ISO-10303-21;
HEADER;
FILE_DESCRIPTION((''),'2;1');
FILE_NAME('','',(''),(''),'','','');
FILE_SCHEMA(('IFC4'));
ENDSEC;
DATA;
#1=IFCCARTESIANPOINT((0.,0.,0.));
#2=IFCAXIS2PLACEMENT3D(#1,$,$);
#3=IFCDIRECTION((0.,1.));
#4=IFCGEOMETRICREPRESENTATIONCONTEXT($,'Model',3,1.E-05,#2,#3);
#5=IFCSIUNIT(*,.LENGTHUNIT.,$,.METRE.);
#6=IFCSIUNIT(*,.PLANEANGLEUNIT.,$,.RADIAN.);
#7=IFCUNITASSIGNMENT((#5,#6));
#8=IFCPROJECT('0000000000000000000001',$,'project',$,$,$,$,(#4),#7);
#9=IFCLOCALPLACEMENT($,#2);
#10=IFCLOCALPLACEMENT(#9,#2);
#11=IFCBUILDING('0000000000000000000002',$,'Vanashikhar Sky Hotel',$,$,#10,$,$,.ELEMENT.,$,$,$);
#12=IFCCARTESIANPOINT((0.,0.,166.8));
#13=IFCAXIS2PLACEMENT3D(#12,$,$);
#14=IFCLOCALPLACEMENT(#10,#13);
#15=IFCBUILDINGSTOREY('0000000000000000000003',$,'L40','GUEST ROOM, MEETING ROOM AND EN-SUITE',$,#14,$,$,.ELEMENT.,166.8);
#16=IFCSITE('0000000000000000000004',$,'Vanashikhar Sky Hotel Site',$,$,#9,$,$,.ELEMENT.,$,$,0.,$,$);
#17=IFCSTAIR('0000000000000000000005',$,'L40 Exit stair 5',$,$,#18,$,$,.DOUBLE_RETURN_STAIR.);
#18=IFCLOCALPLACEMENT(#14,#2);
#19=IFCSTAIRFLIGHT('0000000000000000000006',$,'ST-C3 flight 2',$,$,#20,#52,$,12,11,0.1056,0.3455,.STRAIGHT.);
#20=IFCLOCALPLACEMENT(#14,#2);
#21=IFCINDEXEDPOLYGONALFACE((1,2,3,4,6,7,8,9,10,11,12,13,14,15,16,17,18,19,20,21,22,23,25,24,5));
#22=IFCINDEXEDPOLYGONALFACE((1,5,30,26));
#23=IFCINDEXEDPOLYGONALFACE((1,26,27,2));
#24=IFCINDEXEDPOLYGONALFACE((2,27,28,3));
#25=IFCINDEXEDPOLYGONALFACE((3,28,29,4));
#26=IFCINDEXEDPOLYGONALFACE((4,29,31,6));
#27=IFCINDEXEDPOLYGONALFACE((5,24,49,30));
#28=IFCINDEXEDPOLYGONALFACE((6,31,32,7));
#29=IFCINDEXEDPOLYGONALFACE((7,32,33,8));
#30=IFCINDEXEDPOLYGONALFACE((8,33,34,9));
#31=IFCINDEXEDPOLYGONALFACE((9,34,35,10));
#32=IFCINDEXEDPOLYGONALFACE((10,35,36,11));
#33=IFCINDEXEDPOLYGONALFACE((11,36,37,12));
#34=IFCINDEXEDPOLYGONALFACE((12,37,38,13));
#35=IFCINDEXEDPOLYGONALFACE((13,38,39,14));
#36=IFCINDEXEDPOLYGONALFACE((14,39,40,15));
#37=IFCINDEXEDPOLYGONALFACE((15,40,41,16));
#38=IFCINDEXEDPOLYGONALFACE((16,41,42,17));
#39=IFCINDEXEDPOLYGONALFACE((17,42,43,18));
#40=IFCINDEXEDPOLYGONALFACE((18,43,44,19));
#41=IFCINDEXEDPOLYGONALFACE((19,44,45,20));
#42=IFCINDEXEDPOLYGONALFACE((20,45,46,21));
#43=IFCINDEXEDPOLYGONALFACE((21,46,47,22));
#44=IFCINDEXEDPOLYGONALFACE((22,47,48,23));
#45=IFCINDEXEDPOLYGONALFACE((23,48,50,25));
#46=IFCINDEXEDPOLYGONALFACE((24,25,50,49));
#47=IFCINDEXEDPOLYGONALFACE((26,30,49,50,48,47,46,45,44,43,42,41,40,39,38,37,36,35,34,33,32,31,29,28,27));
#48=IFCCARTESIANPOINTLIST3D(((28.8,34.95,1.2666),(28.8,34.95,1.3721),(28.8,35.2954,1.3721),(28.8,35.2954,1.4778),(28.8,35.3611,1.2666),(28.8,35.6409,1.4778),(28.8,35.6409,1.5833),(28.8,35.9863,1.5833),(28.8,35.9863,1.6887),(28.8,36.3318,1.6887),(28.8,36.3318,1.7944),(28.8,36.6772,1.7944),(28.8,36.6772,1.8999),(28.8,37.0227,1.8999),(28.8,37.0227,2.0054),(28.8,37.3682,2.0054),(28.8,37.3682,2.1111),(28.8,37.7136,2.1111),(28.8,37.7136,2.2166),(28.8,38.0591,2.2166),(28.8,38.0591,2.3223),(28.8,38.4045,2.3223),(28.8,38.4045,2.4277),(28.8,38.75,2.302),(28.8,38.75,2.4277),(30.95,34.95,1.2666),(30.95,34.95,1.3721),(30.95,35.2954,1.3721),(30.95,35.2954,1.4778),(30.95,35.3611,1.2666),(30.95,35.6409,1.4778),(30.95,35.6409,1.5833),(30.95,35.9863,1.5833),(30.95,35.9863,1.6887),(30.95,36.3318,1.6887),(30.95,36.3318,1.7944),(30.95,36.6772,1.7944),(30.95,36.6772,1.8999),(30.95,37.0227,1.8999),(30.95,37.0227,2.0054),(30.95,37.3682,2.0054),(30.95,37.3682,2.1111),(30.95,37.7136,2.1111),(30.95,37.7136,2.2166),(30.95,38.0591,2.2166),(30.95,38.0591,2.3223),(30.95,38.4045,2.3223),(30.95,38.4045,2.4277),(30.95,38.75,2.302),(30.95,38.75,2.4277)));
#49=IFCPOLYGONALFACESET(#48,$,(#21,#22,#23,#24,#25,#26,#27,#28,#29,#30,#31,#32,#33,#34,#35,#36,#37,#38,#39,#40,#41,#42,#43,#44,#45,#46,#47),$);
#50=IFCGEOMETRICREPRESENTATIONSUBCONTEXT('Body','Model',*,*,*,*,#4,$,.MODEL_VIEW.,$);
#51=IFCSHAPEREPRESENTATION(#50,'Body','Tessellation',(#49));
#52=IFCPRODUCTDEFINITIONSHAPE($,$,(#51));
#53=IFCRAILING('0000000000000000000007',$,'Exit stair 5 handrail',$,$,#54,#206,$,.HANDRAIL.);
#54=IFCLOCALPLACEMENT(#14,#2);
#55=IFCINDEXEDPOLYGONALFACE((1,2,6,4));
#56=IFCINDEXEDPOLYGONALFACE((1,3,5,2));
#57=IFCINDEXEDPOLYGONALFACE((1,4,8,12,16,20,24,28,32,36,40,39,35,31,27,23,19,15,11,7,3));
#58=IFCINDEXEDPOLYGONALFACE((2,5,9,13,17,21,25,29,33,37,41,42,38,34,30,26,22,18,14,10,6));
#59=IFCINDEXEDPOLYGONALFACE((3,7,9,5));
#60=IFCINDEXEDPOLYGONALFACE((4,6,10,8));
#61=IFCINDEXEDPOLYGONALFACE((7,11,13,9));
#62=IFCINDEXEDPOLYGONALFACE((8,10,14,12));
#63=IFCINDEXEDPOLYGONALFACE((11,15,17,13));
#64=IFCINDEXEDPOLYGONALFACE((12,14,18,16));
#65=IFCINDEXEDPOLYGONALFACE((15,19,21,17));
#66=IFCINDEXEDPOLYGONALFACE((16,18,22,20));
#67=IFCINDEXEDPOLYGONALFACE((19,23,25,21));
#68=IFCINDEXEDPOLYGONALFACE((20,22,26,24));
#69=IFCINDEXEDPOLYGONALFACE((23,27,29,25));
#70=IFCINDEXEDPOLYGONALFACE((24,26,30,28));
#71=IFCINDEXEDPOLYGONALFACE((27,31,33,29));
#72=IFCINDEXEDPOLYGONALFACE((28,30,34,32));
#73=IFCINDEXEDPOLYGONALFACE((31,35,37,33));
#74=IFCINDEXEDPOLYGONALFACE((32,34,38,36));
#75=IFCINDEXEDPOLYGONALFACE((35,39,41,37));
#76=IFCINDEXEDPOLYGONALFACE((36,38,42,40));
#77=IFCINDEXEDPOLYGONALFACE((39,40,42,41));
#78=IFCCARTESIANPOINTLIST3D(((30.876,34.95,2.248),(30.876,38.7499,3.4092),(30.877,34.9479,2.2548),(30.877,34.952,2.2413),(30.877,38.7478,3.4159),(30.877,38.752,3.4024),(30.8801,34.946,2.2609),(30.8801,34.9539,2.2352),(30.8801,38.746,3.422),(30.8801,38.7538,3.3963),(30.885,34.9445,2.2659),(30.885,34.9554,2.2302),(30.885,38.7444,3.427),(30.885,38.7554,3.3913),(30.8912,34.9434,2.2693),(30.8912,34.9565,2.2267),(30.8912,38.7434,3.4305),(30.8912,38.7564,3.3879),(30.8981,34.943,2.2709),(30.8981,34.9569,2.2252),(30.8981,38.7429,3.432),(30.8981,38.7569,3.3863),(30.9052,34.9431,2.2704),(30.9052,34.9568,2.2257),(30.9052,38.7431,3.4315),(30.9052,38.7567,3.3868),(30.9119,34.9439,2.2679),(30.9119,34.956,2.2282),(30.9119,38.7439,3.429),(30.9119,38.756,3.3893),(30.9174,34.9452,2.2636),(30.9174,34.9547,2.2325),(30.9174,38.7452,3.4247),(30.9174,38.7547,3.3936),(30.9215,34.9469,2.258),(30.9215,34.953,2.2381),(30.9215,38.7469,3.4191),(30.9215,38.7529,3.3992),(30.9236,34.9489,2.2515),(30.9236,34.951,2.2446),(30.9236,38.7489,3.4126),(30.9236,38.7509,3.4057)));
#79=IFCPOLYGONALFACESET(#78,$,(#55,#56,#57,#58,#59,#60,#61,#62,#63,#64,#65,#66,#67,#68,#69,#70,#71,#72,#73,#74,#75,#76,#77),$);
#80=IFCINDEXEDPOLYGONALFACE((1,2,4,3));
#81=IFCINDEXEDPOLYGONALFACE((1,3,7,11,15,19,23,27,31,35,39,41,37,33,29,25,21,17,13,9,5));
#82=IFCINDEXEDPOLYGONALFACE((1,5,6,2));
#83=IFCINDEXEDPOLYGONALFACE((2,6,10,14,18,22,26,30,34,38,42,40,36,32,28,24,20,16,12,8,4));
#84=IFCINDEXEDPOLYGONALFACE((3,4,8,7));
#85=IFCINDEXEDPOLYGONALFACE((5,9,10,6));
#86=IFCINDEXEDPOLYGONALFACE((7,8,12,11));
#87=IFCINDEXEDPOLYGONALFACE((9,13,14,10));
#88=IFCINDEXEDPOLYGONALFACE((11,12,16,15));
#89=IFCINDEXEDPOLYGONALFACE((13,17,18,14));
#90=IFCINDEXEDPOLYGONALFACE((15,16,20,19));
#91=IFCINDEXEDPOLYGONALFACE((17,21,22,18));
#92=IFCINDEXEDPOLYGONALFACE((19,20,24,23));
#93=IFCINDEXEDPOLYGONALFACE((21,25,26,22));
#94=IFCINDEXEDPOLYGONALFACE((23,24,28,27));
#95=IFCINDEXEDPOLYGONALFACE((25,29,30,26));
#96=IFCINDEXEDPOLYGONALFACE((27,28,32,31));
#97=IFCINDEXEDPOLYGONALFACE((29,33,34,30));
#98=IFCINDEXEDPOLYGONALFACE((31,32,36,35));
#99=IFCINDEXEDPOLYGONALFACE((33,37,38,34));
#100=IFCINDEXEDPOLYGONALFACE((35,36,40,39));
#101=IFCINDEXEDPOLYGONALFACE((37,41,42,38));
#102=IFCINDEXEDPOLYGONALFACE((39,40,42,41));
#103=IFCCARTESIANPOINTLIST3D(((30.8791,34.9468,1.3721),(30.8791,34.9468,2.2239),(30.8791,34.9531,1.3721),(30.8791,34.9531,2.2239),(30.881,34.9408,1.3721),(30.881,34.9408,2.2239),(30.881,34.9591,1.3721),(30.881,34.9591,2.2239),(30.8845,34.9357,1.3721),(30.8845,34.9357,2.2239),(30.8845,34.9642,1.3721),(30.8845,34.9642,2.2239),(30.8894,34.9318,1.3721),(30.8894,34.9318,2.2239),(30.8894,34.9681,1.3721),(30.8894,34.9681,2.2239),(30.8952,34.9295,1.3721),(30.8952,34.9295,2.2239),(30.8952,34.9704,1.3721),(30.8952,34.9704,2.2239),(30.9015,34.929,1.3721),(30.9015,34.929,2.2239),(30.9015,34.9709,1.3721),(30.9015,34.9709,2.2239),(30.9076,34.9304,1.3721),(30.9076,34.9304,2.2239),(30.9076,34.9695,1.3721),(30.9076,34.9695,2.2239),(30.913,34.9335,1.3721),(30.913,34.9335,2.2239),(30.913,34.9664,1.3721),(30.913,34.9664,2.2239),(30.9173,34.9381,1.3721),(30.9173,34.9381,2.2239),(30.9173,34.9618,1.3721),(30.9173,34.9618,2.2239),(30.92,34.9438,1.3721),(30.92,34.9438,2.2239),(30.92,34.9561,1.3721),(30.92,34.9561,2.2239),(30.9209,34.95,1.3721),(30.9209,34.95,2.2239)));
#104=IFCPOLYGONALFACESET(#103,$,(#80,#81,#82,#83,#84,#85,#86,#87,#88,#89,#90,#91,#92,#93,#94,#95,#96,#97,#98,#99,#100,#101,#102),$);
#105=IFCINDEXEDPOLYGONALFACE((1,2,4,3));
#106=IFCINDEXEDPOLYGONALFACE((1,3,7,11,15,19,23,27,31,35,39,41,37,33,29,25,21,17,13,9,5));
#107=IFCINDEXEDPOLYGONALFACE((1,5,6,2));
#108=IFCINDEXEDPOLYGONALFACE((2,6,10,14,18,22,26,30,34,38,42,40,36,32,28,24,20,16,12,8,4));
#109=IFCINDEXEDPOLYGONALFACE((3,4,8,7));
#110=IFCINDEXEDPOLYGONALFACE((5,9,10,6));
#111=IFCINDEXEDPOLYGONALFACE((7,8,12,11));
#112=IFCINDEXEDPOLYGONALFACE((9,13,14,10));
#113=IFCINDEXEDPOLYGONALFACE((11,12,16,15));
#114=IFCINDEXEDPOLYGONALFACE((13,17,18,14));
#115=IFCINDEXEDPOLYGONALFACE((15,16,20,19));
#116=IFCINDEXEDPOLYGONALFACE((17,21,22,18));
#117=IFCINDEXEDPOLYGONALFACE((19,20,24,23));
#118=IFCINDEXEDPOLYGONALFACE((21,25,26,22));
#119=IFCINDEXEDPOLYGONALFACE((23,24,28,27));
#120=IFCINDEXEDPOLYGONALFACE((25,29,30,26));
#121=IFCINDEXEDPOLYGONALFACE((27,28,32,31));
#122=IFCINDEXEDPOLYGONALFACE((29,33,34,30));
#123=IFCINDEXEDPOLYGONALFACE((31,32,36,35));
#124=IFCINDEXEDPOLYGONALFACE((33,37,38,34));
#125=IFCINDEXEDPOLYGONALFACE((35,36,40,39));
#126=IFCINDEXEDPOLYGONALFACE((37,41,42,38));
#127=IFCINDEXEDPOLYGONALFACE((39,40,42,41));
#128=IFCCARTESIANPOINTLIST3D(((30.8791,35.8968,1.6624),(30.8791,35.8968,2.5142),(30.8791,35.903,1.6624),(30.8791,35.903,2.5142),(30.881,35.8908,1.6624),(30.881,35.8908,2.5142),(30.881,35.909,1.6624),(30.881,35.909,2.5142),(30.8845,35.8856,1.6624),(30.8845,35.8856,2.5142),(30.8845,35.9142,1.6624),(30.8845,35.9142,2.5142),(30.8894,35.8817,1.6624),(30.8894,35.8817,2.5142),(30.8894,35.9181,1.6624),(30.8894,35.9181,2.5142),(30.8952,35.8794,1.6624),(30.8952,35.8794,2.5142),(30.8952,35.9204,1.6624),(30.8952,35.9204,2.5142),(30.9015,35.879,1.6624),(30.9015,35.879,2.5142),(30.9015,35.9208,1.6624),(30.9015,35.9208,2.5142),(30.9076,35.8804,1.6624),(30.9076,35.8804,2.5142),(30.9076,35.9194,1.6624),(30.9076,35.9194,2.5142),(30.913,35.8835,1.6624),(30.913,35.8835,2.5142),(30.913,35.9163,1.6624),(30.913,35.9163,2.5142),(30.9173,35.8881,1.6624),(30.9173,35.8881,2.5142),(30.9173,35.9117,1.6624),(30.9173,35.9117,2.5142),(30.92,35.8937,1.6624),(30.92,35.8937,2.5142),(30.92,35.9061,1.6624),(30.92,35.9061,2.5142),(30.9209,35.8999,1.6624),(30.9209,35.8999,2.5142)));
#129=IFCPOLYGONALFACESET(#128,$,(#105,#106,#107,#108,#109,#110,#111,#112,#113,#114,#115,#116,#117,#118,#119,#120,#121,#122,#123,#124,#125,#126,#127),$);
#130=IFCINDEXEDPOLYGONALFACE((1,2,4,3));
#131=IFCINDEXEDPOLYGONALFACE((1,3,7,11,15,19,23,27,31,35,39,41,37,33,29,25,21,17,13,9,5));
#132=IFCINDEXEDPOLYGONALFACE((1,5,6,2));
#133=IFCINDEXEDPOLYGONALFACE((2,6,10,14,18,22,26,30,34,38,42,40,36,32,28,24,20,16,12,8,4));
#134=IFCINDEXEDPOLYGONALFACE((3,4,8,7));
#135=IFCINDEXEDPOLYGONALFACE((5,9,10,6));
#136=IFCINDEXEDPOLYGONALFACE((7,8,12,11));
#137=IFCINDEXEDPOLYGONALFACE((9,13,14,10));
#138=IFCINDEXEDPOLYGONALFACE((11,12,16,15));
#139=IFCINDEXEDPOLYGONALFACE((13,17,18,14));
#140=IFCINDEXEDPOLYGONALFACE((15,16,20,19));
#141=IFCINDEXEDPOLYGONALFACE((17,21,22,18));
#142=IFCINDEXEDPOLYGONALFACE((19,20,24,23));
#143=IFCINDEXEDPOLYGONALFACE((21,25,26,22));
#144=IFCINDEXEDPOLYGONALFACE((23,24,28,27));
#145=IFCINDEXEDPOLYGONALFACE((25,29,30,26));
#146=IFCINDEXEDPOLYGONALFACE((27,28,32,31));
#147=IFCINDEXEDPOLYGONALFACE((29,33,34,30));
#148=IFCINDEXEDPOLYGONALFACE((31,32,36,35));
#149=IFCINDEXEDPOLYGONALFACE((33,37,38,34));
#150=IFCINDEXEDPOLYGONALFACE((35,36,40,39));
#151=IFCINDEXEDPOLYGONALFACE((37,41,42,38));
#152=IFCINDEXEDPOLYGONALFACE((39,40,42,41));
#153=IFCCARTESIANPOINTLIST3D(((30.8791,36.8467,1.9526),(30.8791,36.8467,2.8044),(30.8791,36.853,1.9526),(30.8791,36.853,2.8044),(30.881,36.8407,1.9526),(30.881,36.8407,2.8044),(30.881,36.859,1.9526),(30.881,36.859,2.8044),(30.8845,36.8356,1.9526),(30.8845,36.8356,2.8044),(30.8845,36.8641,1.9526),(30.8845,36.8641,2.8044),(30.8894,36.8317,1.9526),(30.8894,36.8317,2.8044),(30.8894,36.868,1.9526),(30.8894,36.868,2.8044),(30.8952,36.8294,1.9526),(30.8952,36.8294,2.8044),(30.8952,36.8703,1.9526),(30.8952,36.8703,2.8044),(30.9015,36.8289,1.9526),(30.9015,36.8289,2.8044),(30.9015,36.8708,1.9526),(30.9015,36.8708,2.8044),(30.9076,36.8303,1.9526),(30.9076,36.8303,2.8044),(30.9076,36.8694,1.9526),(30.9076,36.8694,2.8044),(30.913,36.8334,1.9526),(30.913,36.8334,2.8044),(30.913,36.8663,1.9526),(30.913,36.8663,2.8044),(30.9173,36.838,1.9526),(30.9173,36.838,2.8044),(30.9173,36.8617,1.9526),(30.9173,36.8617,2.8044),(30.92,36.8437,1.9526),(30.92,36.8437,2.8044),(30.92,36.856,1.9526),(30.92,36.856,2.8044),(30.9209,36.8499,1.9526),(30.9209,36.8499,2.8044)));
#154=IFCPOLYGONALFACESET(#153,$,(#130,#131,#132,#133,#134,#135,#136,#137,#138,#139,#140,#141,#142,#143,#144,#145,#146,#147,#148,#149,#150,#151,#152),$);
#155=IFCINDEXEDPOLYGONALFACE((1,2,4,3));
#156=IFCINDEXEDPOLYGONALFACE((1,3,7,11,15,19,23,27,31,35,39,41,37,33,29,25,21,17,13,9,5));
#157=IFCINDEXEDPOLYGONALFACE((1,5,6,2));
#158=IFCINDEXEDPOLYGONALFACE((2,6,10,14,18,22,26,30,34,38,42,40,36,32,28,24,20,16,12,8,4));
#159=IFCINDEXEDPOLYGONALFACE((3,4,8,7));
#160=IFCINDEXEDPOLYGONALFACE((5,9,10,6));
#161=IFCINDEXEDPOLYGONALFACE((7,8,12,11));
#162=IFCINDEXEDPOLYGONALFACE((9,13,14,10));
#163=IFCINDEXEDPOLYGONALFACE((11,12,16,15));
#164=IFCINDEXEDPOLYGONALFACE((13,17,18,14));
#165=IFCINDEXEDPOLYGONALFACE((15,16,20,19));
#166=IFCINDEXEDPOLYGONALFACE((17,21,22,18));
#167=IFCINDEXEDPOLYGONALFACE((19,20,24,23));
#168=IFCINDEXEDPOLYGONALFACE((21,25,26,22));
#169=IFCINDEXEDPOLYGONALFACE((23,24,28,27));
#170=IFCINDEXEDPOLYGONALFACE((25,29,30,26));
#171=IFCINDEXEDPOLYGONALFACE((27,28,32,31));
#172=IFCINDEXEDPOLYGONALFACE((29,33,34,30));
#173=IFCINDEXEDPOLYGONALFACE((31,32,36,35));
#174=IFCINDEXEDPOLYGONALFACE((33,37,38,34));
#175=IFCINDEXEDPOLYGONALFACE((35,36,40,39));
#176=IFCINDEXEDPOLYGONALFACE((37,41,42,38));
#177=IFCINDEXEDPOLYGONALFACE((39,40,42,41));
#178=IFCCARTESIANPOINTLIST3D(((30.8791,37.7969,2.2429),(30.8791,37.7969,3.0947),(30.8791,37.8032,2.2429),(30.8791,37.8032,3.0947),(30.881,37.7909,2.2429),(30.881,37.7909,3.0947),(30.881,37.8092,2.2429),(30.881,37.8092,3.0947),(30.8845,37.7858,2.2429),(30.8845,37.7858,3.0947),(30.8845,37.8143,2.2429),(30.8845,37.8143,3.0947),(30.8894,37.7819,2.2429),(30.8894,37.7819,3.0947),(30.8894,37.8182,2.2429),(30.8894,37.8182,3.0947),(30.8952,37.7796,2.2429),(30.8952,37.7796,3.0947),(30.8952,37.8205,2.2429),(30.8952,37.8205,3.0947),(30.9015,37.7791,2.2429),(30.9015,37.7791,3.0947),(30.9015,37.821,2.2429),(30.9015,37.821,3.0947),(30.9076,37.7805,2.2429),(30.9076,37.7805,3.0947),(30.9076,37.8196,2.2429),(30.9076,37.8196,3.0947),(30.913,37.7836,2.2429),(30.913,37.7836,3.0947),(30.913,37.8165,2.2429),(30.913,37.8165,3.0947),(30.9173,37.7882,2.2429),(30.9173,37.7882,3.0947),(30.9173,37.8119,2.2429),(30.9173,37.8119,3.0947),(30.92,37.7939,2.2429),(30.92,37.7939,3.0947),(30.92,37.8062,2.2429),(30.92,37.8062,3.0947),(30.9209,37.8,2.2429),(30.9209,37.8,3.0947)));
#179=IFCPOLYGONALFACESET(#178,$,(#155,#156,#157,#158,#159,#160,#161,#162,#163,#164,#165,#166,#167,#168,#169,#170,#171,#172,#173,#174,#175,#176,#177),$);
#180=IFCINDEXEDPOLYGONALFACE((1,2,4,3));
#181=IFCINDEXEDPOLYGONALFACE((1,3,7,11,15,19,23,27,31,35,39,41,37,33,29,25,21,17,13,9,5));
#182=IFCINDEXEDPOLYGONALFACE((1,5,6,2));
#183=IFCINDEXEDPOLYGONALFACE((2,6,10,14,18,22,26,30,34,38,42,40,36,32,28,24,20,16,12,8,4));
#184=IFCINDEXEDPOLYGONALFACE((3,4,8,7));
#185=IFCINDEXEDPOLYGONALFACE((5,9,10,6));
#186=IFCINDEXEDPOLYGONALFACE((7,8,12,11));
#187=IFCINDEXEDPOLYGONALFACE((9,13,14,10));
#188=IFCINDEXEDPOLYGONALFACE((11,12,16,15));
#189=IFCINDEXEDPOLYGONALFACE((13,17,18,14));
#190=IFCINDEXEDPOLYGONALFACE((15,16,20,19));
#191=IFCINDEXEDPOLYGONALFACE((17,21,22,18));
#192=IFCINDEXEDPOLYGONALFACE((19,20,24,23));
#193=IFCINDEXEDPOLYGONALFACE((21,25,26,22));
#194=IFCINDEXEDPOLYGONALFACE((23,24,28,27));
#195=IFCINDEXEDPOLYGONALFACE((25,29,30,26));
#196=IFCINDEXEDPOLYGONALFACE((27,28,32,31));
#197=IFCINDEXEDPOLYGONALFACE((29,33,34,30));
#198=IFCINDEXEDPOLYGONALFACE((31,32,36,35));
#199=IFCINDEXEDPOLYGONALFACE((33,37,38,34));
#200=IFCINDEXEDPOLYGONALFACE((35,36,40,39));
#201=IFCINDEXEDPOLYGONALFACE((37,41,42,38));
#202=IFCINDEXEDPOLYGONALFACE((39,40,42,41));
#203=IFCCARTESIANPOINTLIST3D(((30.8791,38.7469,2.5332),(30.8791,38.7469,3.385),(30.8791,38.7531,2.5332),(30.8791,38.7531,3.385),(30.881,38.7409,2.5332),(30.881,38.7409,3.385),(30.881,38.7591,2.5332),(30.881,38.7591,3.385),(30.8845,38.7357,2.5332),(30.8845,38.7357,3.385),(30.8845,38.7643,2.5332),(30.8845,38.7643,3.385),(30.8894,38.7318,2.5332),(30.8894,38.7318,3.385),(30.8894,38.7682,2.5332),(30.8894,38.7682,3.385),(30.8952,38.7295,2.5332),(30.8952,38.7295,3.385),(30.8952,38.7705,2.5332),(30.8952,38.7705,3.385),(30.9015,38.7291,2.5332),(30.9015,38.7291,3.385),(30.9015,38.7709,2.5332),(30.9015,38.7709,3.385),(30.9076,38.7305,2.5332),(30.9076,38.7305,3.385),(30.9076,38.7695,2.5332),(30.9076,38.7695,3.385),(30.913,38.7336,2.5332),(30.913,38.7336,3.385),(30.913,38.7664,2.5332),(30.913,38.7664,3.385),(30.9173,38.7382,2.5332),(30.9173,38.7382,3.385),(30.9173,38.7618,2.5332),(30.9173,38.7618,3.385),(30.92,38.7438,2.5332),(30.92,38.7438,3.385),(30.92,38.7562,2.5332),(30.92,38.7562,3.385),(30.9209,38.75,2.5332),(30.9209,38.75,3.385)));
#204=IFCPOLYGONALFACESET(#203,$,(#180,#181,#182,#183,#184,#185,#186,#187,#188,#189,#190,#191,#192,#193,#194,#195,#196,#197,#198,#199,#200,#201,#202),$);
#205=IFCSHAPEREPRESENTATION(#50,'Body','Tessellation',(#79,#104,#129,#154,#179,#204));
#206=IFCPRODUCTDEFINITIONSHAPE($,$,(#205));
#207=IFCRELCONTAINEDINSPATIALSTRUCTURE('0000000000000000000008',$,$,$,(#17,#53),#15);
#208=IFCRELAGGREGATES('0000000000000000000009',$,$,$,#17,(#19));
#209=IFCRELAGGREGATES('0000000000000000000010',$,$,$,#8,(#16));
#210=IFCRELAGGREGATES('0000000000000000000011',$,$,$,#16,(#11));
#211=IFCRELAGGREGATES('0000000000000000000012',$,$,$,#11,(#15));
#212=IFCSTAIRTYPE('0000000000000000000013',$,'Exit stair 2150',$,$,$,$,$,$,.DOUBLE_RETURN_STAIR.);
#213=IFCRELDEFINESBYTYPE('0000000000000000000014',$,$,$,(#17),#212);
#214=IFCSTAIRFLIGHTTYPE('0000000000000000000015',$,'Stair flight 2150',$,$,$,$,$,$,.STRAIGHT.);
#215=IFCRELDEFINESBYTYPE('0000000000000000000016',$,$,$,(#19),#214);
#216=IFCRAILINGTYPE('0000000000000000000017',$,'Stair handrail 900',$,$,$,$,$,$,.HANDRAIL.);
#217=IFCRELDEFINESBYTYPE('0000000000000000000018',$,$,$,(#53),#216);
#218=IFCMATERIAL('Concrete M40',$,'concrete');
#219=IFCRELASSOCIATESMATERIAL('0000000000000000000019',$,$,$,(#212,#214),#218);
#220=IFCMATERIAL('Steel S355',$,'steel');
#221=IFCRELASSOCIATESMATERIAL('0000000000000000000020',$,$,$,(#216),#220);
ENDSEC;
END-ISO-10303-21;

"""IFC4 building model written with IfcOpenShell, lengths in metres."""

from ifc_helpers import new_model, si_unit, direction, frame, origin, origin_2d, place, context, subcontext, project, spatial, polyline, circle, outline, extrude, source, transform, mapped, material, type_object, element, aggregate, save


model = new_model("IFC4")

# Units and contexts
model_context = context("Model", 3, precision=1e-05, world=origin(), true_north=direction((0.0, 1.0)))
body_context = subcontext(model_context, "Body", "Model", "MODEL_VIEW")
ifc_project = project(units=[si_unit("LENGTHUNIT", "METRE"), si_unit("PLANEANGLEUNIT", "RADIAN")], contexts=[model_context])

# Site, building, storey
site_placement = place(None, origin())
site = spatial("IfcSite", under=ifc_project, at=site_placement, Name="Vanashikhar Sky Hotel Site", CompositionType="ELEMENT", RefElevation=0.0)
building_placement = place(site_placement, origin())
building = spatial("IfcBuilding", under=site, at=building_placement, Name="Vanashikhar Sky Hotel", CompositionType="ELEMENT")
storey_placement = place(building_placement, frame((0.0, 0.0, 166.8)))
storey = spatial("IfcBuildingStorey", under=building, at=storey_placement, Name="L40", Description="GUEST ROOM, MEETING ROOM AND EN-SUITE", CompositionType="ELEMENT", Elevation=166.8)

# Shared definitions
ifc_material_1 = material(Name="Concrete M40", Category="concrete")

# Stair, stair flight
stair_type = type_object("IfcStairType", Name="Exit stair 2150", PredefinedType="DOUBLE_RETURN_STAIR", material=ifc_material_1)
stair_placement = place(storey_placement, origin())
stair = element("IfcStair", 1, at=stair_placement, inside=storey, type_object=stair_type, Name="L40 Exit stair 5", PredefinedType="DOUBLE_RETURN_STAIR")
stair_flight_type = type_object("IfcStairFlightType", Name="Stair flight 2150", PredefinedType="STRAIGHT", material=ifc_material_1)
shared_shape_1 = source(origin(), body_context, "Body", "SweptSolid", [
    extrude(outline(polyline([(0.0, 0.0), (0.0, 0.1055), (0.3455, 0.1055), (0.3455, 0.2112), (0.6909, 0.2112), (0.6909, 0.3167), (1.0364, 0.3167), (1.0364, 0.4221), (1.3818, 0.4221), (1.3818, 0.5278), (1.7273, 0.5278), (1.7273, 0.6333), (2.0728, 0.6333), (2.0728, 0.7388), (2.4182, 0.7388), (2.4182, 0.8445), (2.7637, 0.8445), (2.7637, 0.95), (3.1091, 0.95), (3.1091, 1.0557), (3.4546, 1.0557), (3.4546, 1.1611), (3.8, 1.1611), (3.8, 1.2666), (3.8, 1.0354), (0.4111, 0.0), (0.0, 0.0)])), frame((0.0, 1.075, 0.0), z_axis=(0.0, -1.0, 0.0), x_axis=(1.0, 0.0, 0.0)), (0.0, 0.0, 1.0), 2.1499),
])
stair_flight_placement = place(storey_placement, frame((29.875, 34.95, 1.2666), z_axis=(0.0, 0.0, 1.0), x_axis=(0.0, 1.0, 0.0)))
stair_flight = element("IfcStairFlight", 2, at=stair_flight_placement, type_object=stair_flight_type, Name="ST-C3 flight 2", NumberOfRisers=12, NumberOfTreads=11, PredefinedType="STRAIGHT", RiserHeight=0.1056, TreadLength=0.3455, context=body_context, shape_type="MappedRepresentation", body=[
    mapped(shared_shape_1, transform((0.0, 0.0, 0.0), scale=1.0)),
])
aggregate(stair, [stair_flight])

# Railing
ifc_material_2 = material(Name="Steel S355", Category="steel")
railing_type = type_object("IfcRailingType", Name="Stair handrail 900", PredefinedType="HANDRAIL", material=ifc_material_2)
shared_shape_2 = source(origin(), body_context, "Body", "SweptSolid", [
    extrude(circle(Radius=0.0239, at=origin_2d()), frame((0.0, 0.0, 0.876), z_axis=(0.0, 0.956351, 0.29222), x_axis=(-1.0, 0.0, 0.0)), (0.0, 0.0, 1.0), 3.9734),
    extrude(circle(Radius=0.021, at=origin_2d()), origin(), (0.0, 0.0, 1.0), 0.8518),
    extrude(circle(Radius=0.021, at=origin_2d()), frame((0.0, 0.95, 0.2903)), (0.0, 0.0, 1.0), 0.8518),
    extrude(circle(Radius=0.021, at=origin_2d()), frame((0.0, 1.8999, 0.5806)), (0.0, 0.0, 1.0), 0.8518),
    extrude(circle(Radius=0.021, at=origin_2d()), frame((0.0, 2.8501, 0.8708)), (0.0, 0.0, 1.0), 0.8518),
    extrude(circle(Radius=0.021, at=origin_2d()), frame((0.0, 3.8, 1.1611)), (0.0, 0.0, 1.0), 0.8518),
])
railing_placement = place(storey_placement, frame((30.8999, 34.95, 1.3721)))
element("IfcRailing", 3, at=railing_placement, inside=storey, type_object=railing_type, Name="Exit stair 5 handrail", PredefinedType="HANDRAIL", context=body_context, shape_type="MappedRepresentation", body=[
    mapped(shared_shape_2, transform((0.0, 0.0, 0.0), scale=1.0)),
])

save(model, "model.ifc")
